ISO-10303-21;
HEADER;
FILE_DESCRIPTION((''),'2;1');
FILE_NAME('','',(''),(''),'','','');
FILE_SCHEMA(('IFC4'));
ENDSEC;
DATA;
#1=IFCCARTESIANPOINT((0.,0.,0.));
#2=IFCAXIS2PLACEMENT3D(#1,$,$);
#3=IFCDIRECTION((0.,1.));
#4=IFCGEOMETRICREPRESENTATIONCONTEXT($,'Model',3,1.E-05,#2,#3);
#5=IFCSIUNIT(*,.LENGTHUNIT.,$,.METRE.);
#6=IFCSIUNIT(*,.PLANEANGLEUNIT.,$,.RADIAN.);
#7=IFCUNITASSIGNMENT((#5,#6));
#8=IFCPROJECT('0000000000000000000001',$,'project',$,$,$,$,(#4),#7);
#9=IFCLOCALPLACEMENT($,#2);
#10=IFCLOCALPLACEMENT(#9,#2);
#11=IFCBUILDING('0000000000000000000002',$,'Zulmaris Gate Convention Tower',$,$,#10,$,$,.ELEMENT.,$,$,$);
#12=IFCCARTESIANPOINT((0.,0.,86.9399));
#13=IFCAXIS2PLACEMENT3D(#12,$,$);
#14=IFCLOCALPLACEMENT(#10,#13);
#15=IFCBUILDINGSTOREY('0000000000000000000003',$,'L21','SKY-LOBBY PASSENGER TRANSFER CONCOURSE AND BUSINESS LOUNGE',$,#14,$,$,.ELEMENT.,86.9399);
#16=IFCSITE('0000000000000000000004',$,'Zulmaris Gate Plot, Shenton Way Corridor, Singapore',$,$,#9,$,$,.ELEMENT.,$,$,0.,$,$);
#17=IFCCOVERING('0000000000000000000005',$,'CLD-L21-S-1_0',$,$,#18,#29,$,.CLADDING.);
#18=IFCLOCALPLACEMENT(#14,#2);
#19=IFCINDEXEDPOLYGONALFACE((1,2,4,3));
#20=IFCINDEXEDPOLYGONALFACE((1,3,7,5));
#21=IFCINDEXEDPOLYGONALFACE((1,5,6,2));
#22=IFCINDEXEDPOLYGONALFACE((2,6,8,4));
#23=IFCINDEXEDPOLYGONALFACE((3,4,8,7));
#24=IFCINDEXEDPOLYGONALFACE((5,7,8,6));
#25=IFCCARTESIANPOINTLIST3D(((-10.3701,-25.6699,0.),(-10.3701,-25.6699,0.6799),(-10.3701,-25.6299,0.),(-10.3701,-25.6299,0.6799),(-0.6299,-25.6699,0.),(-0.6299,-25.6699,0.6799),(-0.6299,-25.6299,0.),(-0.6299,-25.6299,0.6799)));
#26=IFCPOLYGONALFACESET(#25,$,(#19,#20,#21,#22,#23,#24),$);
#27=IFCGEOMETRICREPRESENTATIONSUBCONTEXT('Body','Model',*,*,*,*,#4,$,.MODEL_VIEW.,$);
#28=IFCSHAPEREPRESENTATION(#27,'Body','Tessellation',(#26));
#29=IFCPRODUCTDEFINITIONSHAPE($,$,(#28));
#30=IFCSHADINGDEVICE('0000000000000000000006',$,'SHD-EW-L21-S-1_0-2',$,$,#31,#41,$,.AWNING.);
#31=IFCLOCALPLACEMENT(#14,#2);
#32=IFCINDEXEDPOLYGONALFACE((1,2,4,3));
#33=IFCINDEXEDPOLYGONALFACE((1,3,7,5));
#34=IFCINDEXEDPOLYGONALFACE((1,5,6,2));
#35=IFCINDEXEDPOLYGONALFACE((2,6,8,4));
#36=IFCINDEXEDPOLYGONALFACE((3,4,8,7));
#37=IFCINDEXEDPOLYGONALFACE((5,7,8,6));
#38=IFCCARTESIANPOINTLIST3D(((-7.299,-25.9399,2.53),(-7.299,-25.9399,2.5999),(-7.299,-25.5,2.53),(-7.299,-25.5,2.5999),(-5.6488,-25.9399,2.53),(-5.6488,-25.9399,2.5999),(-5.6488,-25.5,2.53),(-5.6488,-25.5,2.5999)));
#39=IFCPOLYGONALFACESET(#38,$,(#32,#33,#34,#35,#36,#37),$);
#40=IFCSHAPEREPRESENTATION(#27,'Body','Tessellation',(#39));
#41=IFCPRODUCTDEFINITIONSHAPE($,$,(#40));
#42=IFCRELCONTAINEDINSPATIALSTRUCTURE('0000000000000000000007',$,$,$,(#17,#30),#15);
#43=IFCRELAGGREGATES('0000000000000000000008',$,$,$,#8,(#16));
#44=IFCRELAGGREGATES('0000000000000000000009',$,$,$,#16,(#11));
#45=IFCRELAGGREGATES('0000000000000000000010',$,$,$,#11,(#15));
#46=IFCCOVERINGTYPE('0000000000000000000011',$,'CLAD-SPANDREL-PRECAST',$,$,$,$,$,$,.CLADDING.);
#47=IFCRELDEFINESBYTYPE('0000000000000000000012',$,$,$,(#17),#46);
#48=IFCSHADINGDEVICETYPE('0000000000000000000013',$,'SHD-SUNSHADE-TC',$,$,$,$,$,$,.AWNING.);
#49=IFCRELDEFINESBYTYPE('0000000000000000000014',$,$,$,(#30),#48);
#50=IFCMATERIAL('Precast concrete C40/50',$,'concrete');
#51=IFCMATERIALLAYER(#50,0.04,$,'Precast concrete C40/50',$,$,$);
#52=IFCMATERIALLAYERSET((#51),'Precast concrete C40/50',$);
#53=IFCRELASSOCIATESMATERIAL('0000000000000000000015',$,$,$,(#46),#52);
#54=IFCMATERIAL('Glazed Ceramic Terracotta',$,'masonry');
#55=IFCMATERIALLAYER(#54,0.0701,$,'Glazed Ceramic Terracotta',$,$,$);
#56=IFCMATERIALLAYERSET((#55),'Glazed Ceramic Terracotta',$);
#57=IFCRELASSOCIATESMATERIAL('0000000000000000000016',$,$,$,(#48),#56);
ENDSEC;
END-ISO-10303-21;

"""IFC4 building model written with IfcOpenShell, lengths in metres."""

from ifc_helpers import new_model, si_unit, direction, frame, frame_2d, origin, place, context, subcontext, project, spatial, rectangle, extrude, material, layer, layer_set, type_object, element, save


model = new_model("IFC4")

# Units and contexts
model_context = context("Model", 3, precision=1e-05, world=origin(), true_north=direction((0.0, 1.0)))
body_context = subcontext(model_context, "Body", "Model", "MODEL_VIEW")
ifc_project = project(units=[si_unit("LENGTHUNIT", "METRE"), si_unit("PLANEANGLEUNIT", "RADIAN")], contexts=[model_context])

# Site, building, storey
site_placement = place(None, origin())
site = spatial("IfcSite", under=ifc_project, at=site_placement, Name="Zulmaris Gate Plot, Shenton Way Corridor, Singapore", CompositionType="ELEMENT", RefElevation=0.0)
building_placement = place(site_placement, origin())
building = spatial("IfcBuilding", under=site, at=building_placement, Name="Zulmaris Gate Convention Tower", CompositionType="ELEMENT")
storey_placement = place(building_placement, frame((0.0, 0.0, 86.9399)))
storey = spatial("IfcBuildingStorey", under=building, at=storey_placement, Name="L21", Description="SKY-LOBBY PASSENGER TRANSFER CONCOURSE AND BUSINESS LOUNGE", CompositionType="ELEMENT", Elevation=86.9399)

# Shared definitions
ifc_material_1 = material(Name="Precast concrete C40/50", Category="concrete")

# Covering
ifc_layer_1 = layer(ifc_material_1, 0.04, Name="Precast concrete C40/50")
ifc_layer_set_1 = layer_set([ifc_layer_1], Name="Precast concrete C40/50")
covering_type = type_object("IfcCoveringType", Name="CLAD-SPANDREL-PRECAST", PredefinedType="CLADDING", material=ifc_layer_set_1)
covering_placement = place(storey_placement, frame((-10.3701, -25.6499, 0.0), z_axis=(0.0, 0.0, 1.0), x_axis=(1.0, 0.0, 0.0)))
element("IfcCovering", 1, at=covering_placement, inside=storey, type_object=covering_type, Name="CLD-L21-S-1_0", PredefinedType="CLADDING", context=body_context, shape_type="SweptSolid", body=[
    extrude(rectangle(XDim=9.7402, YDim=0.04, at=frame_2d((4.8701, 0.0))), origin(), (0.0, 0.0, 1.0), 0.6799),
])

# Shading device
ifc_material_2 = material(Name="Glazed Ceramic Terracotta", Category="masonry")
ifc_layer_2 = layer(ifc_material_2, 0.0701, Name="Glazed Ceramic Terracotta")
ifc_layer_set_2 = layer_set([ifc_layer_2], Name="Glazed Ceramic Terracotta")
shading_device_type = type_object("IfcShadingDeviceType", Name="SHD-SUNSHADE-TC", PredefinedType="AWNING", material=ifc_layer_set_2)
shading_device_placement = place(storey_placement, frame((-7.2991, -25.72, 2.53), z_axis=(0.0, 0.0, 1.0), x_axis=(1.0, 0.0, 0.0)))
element("IfcShadingDevice", 2, at=shading_device_placement, inside=storey, type_object=shading_device_type, Name="SHD-EW-L21-S-1_0-2", PredefinedType="AWNING", context=body_context, shape_type="SweptSolid", body=[
    extrude(rectangle(XDim=1.6501, YDim=0.4399, at=frame_2d((0.8252, 0.0))), origin(), (0.0, 0.0, 1.0), 0.0698),
])

save(model, "model.ifc")
